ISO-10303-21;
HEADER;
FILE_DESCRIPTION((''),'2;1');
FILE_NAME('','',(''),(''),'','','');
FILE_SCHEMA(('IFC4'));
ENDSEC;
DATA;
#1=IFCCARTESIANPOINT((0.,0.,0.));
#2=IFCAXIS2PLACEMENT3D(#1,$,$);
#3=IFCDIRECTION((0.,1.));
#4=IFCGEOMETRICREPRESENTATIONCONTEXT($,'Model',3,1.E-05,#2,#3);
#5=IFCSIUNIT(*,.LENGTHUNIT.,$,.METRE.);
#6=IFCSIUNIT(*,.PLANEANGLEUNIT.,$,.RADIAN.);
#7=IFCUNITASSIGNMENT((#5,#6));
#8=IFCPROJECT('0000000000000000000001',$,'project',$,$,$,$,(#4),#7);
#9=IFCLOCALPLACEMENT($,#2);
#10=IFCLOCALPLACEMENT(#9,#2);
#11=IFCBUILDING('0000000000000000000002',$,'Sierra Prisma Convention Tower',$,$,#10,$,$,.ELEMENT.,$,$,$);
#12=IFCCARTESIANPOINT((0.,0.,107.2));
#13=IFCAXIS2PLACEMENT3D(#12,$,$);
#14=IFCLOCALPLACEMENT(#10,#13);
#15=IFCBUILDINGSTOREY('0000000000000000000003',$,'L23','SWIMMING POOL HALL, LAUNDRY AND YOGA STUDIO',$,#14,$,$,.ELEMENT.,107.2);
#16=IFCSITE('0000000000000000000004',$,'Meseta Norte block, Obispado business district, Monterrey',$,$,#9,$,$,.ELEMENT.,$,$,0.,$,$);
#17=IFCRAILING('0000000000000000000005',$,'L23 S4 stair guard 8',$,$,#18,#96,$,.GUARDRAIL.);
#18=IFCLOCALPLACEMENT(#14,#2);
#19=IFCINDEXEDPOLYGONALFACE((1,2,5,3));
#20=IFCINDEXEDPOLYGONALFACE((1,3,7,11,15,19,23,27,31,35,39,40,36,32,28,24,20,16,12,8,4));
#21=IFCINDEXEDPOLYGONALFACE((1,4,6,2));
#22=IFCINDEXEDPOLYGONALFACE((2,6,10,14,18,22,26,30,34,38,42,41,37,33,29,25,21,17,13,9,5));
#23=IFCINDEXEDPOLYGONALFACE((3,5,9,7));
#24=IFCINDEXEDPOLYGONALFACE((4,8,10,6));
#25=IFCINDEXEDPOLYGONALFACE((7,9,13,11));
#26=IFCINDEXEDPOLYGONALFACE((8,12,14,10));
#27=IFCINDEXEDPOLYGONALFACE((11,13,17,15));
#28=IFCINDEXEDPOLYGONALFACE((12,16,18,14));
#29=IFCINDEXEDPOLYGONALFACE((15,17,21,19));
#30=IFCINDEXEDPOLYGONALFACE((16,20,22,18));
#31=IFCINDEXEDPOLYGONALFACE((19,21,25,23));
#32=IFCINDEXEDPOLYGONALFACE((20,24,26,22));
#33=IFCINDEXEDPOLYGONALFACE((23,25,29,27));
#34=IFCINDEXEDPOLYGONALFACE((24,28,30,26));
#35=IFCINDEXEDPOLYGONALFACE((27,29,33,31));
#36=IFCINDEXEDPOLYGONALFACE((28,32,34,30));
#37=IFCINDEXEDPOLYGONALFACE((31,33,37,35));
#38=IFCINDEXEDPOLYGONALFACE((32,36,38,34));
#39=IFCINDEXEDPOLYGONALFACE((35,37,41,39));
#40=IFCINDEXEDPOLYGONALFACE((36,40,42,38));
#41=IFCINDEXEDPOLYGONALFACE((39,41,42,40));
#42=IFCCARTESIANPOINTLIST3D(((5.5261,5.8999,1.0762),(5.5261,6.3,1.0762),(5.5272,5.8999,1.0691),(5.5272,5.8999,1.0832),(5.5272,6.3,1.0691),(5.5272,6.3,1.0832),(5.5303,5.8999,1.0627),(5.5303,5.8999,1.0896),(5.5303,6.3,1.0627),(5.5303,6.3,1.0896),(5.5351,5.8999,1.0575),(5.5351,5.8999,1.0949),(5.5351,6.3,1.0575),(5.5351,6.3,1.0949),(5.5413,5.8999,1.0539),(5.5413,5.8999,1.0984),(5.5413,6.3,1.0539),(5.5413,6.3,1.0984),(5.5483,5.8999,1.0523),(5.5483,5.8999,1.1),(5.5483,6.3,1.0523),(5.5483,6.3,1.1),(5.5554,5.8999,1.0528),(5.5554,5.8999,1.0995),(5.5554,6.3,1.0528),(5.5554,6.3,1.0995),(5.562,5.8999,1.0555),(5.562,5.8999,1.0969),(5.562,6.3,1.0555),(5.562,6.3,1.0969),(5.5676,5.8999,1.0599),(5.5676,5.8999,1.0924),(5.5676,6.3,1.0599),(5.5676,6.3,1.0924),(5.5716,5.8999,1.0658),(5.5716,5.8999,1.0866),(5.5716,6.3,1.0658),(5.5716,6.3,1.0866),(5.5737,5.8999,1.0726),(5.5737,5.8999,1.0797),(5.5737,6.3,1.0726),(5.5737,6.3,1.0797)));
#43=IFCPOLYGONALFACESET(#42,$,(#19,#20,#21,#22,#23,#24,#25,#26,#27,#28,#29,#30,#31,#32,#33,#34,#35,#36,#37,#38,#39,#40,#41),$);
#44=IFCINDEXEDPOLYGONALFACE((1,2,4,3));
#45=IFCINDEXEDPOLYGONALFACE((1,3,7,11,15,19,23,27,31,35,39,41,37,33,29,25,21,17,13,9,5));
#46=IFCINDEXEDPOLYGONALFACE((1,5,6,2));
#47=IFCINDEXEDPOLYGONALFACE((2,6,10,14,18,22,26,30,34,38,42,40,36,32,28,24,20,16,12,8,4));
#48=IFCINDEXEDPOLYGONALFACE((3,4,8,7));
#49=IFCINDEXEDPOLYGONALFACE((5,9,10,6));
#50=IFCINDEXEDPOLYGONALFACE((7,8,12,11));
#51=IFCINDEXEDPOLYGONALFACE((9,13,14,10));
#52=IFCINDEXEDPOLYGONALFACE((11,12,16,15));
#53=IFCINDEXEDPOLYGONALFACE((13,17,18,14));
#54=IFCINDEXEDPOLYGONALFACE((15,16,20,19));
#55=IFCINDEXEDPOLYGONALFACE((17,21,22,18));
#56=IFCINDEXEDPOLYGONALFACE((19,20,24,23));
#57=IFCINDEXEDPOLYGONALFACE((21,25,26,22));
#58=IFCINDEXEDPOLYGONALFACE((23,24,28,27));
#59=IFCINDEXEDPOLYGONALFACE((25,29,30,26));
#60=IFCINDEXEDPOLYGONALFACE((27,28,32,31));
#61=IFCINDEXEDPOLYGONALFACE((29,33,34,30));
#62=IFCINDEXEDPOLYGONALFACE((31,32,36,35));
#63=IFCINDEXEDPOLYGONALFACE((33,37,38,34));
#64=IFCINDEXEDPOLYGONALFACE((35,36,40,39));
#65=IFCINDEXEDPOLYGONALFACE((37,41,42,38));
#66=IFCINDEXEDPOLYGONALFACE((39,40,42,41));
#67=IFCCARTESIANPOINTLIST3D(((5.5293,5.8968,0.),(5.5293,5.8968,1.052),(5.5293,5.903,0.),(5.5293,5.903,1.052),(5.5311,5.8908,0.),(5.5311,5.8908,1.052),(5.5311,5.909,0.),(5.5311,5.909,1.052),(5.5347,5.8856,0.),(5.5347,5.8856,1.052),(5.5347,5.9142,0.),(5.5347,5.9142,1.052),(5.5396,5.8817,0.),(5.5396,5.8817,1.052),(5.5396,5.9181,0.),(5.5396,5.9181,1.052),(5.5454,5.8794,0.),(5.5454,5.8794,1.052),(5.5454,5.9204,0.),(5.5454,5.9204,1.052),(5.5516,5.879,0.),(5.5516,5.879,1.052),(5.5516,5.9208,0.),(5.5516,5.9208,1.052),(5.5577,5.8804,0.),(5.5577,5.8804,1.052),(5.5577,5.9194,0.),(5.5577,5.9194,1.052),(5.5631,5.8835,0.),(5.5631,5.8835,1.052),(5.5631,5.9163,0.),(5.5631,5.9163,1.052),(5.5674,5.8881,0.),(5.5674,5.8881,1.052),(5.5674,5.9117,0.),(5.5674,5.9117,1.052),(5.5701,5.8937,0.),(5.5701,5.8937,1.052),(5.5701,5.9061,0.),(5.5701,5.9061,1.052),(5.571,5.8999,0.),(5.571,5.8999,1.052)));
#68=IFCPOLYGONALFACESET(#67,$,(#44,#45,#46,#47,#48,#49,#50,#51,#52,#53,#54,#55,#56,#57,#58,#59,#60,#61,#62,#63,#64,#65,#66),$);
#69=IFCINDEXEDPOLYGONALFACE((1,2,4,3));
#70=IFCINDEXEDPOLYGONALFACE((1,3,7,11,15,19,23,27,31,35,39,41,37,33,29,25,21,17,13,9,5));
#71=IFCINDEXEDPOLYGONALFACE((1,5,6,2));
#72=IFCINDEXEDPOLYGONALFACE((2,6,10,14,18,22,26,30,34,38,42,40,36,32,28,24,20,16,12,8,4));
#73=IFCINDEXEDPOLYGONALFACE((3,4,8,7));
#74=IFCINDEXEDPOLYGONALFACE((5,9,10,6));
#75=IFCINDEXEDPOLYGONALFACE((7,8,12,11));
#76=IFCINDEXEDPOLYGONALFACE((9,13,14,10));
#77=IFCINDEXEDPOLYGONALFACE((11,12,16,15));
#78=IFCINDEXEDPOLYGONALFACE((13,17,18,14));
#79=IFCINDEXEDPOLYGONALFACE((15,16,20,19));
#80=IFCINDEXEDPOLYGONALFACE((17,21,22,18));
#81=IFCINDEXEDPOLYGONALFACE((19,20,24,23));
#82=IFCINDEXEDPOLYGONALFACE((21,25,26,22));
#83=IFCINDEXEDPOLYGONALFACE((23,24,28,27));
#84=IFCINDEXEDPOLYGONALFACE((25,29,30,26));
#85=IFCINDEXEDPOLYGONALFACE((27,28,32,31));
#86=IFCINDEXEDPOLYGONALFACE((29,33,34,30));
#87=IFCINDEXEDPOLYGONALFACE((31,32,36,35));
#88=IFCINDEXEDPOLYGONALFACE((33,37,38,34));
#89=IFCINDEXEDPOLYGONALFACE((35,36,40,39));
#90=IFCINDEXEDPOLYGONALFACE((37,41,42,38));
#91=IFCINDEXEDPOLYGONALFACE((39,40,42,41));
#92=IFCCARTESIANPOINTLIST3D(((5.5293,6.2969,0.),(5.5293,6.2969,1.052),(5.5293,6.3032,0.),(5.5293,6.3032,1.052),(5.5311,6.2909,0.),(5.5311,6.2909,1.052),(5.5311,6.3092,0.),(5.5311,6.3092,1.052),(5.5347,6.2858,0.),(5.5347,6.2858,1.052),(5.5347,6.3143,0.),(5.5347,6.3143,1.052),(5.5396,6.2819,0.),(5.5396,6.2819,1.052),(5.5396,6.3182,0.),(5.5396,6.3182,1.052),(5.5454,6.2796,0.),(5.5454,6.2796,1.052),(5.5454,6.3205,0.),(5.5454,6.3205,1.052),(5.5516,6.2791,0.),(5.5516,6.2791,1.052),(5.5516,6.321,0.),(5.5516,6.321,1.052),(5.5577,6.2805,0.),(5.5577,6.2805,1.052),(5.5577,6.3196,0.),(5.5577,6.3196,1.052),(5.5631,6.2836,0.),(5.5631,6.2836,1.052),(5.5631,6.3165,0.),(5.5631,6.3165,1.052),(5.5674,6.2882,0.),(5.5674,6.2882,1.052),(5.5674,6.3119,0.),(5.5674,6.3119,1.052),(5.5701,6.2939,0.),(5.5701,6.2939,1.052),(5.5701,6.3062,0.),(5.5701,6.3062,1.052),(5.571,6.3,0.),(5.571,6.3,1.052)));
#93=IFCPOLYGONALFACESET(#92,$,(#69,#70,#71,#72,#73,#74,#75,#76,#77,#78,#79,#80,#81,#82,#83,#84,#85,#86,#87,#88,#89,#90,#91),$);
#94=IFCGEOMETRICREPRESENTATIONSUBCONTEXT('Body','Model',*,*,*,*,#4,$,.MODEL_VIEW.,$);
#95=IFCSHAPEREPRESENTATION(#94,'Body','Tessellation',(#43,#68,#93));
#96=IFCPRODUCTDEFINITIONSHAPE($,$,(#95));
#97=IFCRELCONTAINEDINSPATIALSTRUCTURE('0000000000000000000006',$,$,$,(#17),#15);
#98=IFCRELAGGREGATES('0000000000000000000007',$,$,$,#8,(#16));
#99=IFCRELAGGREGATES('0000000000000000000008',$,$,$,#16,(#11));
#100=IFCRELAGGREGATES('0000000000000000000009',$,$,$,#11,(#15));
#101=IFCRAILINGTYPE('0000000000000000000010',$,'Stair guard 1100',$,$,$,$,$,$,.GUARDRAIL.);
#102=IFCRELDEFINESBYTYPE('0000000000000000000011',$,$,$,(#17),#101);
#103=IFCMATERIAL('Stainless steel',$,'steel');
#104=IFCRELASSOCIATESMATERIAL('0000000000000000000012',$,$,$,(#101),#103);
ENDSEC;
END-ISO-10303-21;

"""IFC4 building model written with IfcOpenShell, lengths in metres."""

from ifc_helpers import new_model, si_unit, direction, frame, origin, origin_2d, place, context, subcontext, project, spatial, circle, extrude, material, type_object, element, save


model = new_model("IFC4")

# Units and contexts
model_context = context("Model", 3, precision=1e-05, world=origin(), true_north=direction((0.0, 1.0)))
body_context = subcontext(model_context, "Body", "Model", "MODEL_VIEW")
ifc_project = project(units=[si_unit("LENGTHUNIT", "METRE"), si_unit("PLANEANGLEUNIT", "RADIAN")], contexts=[model_context])

# Site, building, storey
site_placement = place(None, origin())
site = spatial("IfcSite", under=ifc_project, at=site_placement, Name="Meseta Norte block, Obispado business district, Monterrey", CompositionType="ELEMENT", RefElevation=0.0)
building_placement = place(site_placement, origin())
building = spatial("IfcBuilding", under=site, at=building_placement, Name="Sierra Prisma Convention Tower", CompositionType="ELEMENT")
storey_placement = place(building_placement, frame((0.0, 0.0, 107.2)))
storey = spatial("IfcBuildingStorey", under=building, at=storey_placement, Name="L23", Description="SWIMMING POOL HALL, LAUNDRY AND YOGA STUDIO", CompositionType="ELEMENT", Elevation=107.2)

# Railing
ifc_material_1 = material(Name="Stainless steel", Category="steel")
railing_type_1 = type_object("IfcRailingType", Name="Stair guard 1100", PredefinedType="GUARDRAIL", material=ifc_material_1)
railing_1_placement = place(storey_placement, frame((5.55, 5.8999, 0.0)))
element("IfcRailing", 1, at=railing_1_placement, inside=storey, type_object=railing_type_1, Name="L23 S4 stair guard 8", PredefinedType="GUARDRAIL", context=body_context, shape_type="SweptSolid", body=[
    extrude(circle(Radius=0.0239, at=origin_2d()), frame((0.0, 0.0, 1.0762), z_axis=(0.0, 1.0, 0.0), x_axis=(-1.0, 0.0, 0.0)), (0.0, 0.0, 1.0), 0.4001),
    extrude(circle(Radius=0.021, at=origin_2d()), origin(), (0.0, 0.0, 1.0), 1.052),
    extrude(circle(Radius=0.021, at=origin_2d()), frame((0.0, 0.4001, 0.0)), (0.0, 0.0, 1.0), 1.052),
])

save(model, "model.ifc")
